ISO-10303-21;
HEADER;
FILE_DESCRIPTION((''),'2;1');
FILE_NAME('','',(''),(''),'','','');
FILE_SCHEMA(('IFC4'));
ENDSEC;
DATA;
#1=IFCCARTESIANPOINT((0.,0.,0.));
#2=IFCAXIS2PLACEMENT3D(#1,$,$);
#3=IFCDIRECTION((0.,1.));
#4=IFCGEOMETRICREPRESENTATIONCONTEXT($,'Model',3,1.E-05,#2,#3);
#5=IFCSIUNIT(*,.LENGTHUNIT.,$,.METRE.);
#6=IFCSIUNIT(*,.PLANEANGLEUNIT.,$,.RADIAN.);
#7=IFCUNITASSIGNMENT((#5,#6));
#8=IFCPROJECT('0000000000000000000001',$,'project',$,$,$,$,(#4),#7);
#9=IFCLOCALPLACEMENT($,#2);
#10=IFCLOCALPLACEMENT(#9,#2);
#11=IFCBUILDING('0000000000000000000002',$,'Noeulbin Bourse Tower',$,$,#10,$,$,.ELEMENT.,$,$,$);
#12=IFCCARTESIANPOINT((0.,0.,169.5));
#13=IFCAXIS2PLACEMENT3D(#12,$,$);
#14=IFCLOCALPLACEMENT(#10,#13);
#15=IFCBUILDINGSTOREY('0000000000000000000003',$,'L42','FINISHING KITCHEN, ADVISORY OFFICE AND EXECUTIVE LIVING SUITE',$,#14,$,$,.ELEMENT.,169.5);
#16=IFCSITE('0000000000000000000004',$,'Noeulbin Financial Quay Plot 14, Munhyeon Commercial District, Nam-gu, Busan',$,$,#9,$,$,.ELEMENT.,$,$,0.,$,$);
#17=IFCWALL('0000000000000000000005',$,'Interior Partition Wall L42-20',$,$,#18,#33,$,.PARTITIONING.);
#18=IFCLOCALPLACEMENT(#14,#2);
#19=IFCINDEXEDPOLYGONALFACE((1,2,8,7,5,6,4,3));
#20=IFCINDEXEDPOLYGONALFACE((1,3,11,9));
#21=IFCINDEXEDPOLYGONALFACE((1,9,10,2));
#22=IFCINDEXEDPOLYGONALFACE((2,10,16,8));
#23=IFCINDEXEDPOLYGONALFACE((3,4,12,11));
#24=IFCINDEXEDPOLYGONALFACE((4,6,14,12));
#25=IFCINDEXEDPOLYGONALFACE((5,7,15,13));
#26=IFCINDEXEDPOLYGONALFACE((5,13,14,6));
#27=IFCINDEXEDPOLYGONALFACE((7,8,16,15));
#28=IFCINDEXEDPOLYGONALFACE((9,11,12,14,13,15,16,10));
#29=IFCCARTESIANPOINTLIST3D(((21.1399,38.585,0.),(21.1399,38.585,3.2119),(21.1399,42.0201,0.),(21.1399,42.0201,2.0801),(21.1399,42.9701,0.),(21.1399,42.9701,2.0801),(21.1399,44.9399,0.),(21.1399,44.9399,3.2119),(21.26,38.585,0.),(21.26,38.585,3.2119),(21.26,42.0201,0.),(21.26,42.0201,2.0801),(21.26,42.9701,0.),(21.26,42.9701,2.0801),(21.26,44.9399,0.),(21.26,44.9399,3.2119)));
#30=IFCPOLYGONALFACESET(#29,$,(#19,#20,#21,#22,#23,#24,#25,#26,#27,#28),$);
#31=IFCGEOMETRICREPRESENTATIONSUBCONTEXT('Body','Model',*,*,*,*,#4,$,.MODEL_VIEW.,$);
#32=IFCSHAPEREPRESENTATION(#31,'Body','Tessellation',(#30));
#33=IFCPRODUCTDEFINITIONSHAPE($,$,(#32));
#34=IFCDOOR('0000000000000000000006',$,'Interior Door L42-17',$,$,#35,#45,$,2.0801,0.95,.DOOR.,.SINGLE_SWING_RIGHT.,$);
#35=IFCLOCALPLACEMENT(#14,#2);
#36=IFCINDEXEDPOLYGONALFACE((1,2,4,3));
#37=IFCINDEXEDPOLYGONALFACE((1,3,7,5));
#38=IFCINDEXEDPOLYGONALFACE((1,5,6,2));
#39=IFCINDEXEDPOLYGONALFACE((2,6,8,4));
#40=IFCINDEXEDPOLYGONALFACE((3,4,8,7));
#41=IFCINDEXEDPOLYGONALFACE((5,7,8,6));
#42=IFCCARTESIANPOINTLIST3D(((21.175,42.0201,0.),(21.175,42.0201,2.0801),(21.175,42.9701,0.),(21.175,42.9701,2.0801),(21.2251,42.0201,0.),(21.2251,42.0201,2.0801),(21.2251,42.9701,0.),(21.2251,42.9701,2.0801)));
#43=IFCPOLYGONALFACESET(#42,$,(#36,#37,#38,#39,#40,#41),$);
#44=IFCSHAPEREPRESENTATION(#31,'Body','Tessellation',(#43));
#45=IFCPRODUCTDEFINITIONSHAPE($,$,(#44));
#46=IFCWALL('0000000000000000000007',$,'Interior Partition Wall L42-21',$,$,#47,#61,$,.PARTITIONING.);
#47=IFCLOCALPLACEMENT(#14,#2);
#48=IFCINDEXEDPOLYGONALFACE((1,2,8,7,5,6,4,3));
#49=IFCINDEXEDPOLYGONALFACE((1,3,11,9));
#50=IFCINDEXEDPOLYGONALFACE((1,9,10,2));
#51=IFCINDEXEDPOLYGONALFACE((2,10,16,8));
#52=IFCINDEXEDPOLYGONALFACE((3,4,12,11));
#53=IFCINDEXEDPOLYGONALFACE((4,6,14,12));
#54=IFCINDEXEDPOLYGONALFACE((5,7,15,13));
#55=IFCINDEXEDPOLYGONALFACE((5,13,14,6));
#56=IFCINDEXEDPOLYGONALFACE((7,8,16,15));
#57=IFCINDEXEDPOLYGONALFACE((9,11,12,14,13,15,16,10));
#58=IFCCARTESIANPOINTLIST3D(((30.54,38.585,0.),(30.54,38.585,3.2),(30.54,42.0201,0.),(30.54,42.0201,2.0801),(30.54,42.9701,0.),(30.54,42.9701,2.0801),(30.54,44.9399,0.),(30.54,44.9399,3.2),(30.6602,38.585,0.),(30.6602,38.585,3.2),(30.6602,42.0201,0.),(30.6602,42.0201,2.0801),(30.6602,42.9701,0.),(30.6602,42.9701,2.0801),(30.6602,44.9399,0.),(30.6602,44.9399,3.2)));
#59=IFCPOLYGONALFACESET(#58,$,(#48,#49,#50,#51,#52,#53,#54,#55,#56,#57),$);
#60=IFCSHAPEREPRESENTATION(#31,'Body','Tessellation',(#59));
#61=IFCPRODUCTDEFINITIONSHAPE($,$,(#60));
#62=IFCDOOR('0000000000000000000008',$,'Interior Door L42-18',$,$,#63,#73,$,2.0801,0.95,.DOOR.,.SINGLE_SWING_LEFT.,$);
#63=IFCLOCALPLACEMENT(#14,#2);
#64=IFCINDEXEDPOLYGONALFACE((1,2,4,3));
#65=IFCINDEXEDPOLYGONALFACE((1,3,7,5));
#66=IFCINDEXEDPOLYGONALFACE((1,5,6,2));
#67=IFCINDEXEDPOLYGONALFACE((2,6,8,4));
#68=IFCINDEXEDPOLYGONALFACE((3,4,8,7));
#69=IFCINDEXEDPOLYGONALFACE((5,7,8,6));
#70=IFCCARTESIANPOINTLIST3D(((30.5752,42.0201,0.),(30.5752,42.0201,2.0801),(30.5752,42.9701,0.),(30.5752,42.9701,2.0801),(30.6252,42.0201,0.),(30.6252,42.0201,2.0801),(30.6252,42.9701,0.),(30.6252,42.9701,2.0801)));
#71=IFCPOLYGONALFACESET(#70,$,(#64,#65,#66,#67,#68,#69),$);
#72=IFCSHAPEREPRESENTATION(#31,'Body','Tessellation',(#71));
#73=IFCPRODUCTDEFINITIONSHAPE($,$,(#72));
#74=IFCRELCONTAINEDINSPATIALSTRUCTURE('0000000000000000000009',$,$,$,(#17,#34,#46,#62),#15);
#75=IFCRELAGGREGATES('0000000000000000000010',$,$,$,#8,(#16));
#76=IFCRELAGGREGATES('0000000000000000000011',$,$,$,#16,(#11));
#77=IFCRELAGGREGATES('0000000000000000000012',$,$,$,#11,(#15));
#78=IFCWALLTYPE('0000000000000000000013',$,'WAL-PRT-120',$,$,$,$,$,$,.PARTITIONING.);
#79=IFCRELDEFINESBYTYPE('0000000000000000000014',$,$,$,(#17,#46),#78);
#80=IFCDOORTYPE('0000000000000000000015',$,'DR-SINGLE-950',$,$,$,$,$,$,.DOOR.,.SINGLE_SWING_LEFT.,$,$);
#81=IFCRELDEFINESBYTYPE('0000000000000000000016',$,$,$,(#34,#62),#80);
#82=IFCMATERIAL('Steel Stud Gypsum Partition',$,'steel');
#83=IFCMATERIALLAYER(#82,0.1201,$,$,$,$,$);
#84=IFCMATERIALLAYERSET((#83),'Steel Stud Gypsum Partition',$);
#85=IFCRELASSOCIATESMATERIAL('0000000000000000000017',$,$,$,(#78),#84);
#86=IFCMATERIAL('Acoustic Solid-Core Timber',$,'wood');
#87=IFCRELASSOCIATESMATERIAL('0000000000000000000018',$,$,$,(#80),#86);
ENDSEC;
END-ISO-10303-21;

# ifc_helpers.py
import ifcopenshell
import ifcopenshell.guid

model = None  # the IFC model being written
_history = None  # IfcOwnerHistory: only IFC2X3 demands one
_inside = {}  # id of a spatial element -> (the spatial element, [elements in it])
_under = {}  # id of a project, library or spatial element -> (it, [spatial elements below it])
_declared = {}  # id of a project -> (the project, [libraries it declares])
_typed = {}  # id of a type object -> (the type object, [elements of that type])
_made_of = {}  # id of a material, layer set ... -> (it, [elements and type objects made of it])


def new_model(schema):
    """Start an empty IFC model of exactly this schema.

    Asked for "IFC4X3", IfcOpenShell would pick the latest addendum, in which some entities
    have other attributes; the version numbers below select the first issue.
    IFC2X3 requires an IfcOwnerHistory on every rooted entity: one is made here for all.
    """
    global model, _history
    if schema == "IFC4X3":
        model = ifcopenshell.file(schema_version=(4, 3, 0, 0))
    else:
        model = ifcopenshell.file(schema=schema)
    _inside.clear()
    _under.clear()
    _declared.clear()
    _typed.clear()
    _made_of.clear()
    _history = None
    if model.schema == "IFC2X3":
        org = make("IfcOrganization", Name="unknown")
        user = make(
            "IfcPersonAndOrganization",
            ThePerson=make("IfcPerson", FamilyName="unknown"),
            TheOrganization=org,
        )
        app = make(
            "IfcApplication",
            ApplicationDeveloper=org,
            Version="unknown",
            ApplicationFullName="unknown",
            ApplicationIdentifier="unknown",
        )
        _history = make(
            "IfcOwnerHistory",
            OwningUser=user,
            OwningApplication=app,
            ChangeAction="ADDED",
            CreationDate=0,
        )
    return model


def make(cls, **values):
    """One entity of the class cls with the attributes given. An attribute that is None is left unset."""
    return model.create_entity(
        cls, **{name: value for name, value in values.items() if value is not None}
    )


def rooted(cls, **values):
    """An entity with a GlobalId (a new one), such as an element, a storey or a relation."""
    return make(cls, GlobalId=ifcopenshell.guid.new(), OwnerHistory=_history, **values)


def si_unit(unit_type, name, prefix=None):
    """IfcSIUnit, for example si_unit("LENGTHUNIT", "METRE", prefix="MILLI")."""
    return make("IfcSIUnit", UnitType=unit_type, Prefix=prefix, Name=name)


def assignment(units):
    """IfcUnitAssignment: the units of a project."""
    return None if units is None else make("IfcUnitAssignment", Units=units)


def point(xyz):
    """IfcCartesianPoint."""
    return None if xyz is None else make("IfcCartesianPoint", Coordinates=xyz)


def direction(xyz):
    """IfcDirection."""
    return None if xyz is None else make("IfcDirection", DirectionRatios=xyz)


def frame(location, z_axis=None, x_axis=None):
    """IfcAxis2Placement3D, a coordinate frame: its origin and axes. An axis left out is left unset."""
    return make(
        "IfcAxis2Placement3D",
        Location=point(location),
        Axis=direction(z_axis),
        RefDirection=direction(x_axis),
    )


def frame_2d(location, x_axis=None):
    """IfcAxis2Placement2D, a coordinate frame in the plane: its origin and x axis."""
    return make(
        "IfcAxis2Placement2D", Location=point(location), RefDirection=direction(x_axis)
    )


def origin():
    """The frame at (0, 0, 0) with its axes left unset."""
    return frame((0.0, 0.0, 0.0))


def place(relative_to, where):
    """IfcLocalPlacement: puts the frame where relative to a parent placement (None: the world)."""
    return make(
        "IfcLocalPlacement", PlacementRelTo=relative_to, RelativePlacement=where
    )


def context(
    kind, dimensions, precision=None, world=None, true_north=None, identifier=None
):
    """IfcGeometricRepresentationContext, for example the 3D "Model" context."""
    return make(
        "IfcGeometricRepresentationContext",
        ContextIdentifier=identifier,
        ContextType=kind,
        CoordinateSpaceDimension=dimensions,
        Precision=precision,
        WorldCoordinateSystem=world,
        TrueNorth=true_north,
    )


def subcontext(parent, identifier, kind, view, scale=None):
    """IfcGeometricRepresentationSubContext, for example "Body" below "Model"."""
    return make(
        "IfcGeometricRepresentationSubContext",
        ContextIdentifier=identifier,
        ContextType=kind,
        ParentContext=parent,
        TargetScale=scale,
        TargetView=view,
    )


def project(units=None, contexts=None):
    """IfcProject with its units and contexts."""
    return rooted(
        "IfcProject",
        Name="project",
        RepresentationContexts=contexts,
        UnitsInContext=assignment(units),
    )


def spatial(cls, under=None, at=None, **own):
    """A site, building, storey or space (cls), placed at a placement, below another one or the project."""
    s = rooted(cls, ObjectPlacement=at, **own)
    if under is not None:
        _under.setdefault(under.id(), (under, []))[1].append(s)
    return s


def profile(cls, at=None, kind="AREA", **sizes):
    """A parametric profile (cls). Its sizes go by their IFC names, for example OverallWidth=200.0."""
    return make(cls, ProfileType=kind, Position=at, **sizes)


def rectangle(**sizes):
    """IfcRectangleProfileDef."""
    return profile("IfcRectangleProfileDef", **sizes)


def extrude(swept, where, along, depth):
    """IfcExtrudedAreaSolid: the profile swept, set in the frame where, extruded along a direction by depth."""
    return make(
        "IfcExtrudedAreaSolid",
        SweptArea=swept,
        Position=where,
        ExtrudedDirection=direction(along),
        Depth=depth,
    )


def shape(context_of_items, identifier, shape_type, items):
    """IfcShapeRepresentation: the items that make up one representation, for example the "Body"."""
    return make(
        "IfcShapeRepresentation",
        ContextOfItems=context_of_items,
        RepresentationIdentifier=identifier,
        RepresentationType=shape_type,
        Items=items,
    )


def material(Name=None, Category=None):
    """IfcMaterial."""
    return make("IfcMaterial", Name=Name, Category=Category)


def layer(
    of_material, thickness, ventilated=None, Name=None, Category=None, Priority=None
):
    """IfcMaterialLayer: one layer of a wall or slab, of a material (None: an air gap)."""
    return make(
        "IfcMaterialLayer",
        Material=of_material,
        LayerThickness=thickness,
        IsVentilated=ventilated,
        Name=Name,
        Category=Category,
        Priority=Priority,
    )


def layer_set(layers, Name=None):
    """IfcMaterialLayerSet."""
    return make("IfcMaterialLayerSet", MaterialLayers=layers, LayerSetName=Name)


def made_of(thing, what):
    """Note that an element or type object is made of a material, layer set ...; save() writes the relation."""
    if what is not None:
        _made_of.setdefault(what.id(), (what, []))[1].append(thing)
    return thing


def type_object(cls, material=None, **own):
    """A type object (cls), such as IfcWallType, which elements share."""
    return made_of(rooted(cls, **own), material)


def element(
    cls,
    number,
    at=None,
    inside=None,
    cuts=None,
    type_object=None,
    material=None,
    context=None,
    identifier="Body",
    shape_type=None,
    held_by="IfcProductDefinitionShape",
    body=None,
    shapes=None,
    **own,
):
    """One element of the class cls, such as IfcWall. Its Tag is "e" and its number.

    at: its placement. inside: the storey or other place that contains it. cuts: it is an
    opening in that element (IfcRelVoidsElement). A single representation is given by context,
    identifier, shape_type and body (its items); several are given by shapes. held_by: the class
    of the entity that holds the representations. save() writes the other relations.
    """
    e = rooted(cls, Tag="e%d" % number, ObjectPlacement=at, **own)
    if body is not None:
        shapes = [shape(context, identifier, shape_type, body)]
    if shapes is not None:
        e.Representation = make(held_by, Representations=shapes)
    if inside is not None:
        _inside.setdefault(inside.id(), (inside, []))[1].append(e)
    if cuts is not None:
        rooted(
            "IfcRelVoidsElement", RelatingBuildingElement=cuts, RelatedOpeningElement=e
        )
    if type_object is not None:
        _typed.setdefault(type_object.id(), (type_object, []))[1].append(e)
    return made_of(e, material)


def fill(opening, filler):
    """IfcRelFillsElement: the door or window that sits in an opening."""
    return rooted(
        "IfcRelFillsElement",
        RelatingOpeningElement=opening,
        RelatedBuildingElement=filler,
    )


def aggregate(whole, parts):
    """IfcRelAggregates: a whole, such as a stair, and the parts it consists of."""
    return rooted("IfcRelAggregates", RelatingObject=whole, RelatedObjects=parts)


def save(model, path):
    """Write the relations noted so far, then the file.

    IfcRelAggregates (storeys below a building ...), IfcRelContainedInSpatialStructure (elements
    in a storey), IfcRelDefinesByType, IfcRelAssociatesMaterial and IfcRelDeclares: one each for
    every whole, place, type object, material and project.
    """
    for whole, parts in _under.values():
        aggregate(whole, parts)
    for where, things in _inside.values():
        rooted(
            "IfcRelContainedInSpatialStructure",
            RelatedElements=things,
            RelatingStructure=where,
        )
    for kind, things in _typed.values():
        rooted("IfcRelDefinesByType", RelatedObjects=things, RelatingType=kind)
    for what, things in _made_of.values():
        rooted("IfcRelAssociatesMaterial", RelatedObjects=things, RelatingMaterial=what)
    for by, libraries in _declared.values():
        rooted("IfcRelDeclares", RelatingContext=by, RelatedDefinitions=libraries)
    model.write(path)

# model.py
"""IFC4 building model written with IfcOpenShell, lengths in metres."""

from ifc_helpers import new_model, si_unit, direction, frame, frame_2d, origin, place, context, subcontext, project, spatial, rectangle, extrude, material, layer, layer_set, type_object, element, fill, save


model = new_model("IFC4")

# Units and contexts
model_context = context("Model", 3, precision=1e-05, world=origin(), true_north=direction((0.0, 1.0)))
body_context = subcontext(model_context, "Body", "Model", "MODEL_VIEW")
ifc_project = project(units=[si_unit("LENGTHUNIT", "METRE"), si_unit("PLANEANGLEUNIT", "RADIAN")], contexts=[model_context])

# Site, building, storey
site_placement = place(None, origin())
site = spatial("IfcSite", under=ifc_project, at=site_placement, Name="Noeulbin Financial Quay Plot 14, Munhyeon Commercial District, Nam-gu, Busan", CompositionType="ELEMENT", RefElevation=0.0)
building_placement = place(site_placement, origin())
building = spatial("IfcBuilding", under=site, at=building_placement, Name="Noeulbin Bourse Tower", CompositionType="ELEMENT")
storey_placement = place(building_placement, frame((0.0, 0.0, 169.5)))
storey = spatial("IfcBuildingStorey", under=building, at=storey_placement, Name="L42", Description="FINISHING KITCHEN, ADVISORY OFFICE AND EXECUTIVE LIVING SUITE", CompositionType="ELEMENT", Elevation=169.5)

# Walls, openings, doors
ifc_material_1 = material(Name="Steel Stud Gypsum Partition", Category="steel")
ifc_layer_1 = layer(ifc_material_1, 0.1201)
ifc_layer_set_1 = layer_set([ifc_layer_1], Name="Steel Stud Gypsum Partition")
wall_type = type_object("IfcWallType", Name="WAL-PRT-120", PredefinedType="PARTITIONING", material=ifc_layer_set_1)
wall_1_placement = place(storey_placement, frame((21.2, 38.585, 0.0), z_axis=(0.0, 0.0, 1.0), x_axis=(0.0, 1.0, 0.0)))
wall_1 = element("IfcWall", 1, at=wall_1_placement, inside=storey, type_object=wall_type, Name="Interior Partition Wall L42-20", PredefinedType="PARTITIONING", context=body_context, shape_type="SweptSolid", body=[
    extrude(rectangle(XDim=6.355, YDim=0.1201, at=frame_2d((3.1775, 0.0))), origin(), (0.0, 0.0, 1.0), 3.2119),
])
opening_1_placement = place(wall_1_placement, frame((3.4351, 0.0, 0.0)))
opening_1 = element("IfcOpeningElement", 2, at=opening_1_placement, cuts=wall_1, PredefinedType="OPENING", context=body_context, shape_type="SweptSolid", body=[
    extrude(rectangle(XDim=0.95, YDim=2.0801, at=frame_2d((0.4751, 1.04))), frame((0.0, 0.0701, 0.0), z_axis=(0.0, -1.0, 0.0), x_axis=(1.0, 0.0, 0.0)), (0.0, 0.0, 1.0), 0.1401),
])
ifc_material_2 = material(Name="Acoustic Solid-Core Timber", Category="wood")
door_type = type_object("IfcDoorType", Name="DR-SINGLE-950", OperationType="SINGLE_SWING_LEFT", PredefinedType="DOOR", material=ifc_material_2)
door_1_placement = place(opening_1_placement, origin())
door_1 = element("IfcDoor", 3, at=door_1_placement, inside=storey, type_object=door_type, Name="Interior Door L42-17", OperationType="SINGLE_SWING_RIGHT", OverallHeight=2.0801, OverallWidth=0.95, PredefinedType="DOOR", context=body_context, shape_type="SweptSolid", body=[
    extrude(rectangle(XDim=0.95, YDim=2.0801, at=frame_2d((0.4751, 1.04))), frame((0.0, 0.0249, 0.0), z_axis=(0.0, -1.0, 0.0), x_axis=(1.0, 0.0, 0.0)), (0.0, 0.0, 1.0), 0.05),
])
fill(opening_1, door_1)
wall_2_placement = place(storey_placement, frame((30.6001, 38.585, 0.0), z_axis=(0.0, 0.0, 1.0), x_axis=(0.0, 1.0, 0.0)))
wall_2 = element("IfcWall", 4, at=wall_2_placement, inside=storey, type_object=wall_type, Name="Interior Partition Wall L42-21", PredefinedType="PARTITIONING", context=body_context, shape_type="SweptSolid", body=[
    extrude(rectangle(XDim=6.355, YDim=0.1201, at=frame_2d((3.1775, 0.0))), origin(), (0.0, 0.0, 1.0), 3.2),
])
opening_2_placement = place(wall_2_placement, frame((3.4351, 0.0, 0.0)))
opening_2 = element("IfcOpeningElement", 5, at=opening_2_placement, cuts=wall_2, PredefinedType="OPENING", context=body_context, shape_type="SweptSolid", body=[
    extrude(rectangle(XDim=0.95, YDim=2.0801, at=frame_2d((0.4751, 1.04))), frame((0.0, 0.0701, 0.0), z_axis=(0.0, -1.0, 0.0), x_axis=(1.0, 0.0, 0.0)), (0.0, 0.0, 1.0), 0.1401),
])
door_2_placement = place(opening_2_placement, origin())
door_2 = element("IfcDoor", 6, at=door_2_placement, inside=storey, type_object=door_type, Name="Interior Door L42-18", OperationType="SINGLE_SWING_LEFT", OverallHeight=2.0801, OverallWidth=0.95, PredefinedType="DOOR", context=body_context, shape_type="SweptSolid", body=[
    extrude(rectangle(XDim=0.95, YDim=2.0801, at=frame_2d((0.4751, 1.04))), frame((0.0, 0.0249, 0.0), z_axis=(0.0, -1.0, 0.0), x_axis=(1.0, 0.0, 0.0)), (0.0, 0.0, 1.0), 0.05),
])
fill(opening_2, door_2)

save(model, "model.ifc")
